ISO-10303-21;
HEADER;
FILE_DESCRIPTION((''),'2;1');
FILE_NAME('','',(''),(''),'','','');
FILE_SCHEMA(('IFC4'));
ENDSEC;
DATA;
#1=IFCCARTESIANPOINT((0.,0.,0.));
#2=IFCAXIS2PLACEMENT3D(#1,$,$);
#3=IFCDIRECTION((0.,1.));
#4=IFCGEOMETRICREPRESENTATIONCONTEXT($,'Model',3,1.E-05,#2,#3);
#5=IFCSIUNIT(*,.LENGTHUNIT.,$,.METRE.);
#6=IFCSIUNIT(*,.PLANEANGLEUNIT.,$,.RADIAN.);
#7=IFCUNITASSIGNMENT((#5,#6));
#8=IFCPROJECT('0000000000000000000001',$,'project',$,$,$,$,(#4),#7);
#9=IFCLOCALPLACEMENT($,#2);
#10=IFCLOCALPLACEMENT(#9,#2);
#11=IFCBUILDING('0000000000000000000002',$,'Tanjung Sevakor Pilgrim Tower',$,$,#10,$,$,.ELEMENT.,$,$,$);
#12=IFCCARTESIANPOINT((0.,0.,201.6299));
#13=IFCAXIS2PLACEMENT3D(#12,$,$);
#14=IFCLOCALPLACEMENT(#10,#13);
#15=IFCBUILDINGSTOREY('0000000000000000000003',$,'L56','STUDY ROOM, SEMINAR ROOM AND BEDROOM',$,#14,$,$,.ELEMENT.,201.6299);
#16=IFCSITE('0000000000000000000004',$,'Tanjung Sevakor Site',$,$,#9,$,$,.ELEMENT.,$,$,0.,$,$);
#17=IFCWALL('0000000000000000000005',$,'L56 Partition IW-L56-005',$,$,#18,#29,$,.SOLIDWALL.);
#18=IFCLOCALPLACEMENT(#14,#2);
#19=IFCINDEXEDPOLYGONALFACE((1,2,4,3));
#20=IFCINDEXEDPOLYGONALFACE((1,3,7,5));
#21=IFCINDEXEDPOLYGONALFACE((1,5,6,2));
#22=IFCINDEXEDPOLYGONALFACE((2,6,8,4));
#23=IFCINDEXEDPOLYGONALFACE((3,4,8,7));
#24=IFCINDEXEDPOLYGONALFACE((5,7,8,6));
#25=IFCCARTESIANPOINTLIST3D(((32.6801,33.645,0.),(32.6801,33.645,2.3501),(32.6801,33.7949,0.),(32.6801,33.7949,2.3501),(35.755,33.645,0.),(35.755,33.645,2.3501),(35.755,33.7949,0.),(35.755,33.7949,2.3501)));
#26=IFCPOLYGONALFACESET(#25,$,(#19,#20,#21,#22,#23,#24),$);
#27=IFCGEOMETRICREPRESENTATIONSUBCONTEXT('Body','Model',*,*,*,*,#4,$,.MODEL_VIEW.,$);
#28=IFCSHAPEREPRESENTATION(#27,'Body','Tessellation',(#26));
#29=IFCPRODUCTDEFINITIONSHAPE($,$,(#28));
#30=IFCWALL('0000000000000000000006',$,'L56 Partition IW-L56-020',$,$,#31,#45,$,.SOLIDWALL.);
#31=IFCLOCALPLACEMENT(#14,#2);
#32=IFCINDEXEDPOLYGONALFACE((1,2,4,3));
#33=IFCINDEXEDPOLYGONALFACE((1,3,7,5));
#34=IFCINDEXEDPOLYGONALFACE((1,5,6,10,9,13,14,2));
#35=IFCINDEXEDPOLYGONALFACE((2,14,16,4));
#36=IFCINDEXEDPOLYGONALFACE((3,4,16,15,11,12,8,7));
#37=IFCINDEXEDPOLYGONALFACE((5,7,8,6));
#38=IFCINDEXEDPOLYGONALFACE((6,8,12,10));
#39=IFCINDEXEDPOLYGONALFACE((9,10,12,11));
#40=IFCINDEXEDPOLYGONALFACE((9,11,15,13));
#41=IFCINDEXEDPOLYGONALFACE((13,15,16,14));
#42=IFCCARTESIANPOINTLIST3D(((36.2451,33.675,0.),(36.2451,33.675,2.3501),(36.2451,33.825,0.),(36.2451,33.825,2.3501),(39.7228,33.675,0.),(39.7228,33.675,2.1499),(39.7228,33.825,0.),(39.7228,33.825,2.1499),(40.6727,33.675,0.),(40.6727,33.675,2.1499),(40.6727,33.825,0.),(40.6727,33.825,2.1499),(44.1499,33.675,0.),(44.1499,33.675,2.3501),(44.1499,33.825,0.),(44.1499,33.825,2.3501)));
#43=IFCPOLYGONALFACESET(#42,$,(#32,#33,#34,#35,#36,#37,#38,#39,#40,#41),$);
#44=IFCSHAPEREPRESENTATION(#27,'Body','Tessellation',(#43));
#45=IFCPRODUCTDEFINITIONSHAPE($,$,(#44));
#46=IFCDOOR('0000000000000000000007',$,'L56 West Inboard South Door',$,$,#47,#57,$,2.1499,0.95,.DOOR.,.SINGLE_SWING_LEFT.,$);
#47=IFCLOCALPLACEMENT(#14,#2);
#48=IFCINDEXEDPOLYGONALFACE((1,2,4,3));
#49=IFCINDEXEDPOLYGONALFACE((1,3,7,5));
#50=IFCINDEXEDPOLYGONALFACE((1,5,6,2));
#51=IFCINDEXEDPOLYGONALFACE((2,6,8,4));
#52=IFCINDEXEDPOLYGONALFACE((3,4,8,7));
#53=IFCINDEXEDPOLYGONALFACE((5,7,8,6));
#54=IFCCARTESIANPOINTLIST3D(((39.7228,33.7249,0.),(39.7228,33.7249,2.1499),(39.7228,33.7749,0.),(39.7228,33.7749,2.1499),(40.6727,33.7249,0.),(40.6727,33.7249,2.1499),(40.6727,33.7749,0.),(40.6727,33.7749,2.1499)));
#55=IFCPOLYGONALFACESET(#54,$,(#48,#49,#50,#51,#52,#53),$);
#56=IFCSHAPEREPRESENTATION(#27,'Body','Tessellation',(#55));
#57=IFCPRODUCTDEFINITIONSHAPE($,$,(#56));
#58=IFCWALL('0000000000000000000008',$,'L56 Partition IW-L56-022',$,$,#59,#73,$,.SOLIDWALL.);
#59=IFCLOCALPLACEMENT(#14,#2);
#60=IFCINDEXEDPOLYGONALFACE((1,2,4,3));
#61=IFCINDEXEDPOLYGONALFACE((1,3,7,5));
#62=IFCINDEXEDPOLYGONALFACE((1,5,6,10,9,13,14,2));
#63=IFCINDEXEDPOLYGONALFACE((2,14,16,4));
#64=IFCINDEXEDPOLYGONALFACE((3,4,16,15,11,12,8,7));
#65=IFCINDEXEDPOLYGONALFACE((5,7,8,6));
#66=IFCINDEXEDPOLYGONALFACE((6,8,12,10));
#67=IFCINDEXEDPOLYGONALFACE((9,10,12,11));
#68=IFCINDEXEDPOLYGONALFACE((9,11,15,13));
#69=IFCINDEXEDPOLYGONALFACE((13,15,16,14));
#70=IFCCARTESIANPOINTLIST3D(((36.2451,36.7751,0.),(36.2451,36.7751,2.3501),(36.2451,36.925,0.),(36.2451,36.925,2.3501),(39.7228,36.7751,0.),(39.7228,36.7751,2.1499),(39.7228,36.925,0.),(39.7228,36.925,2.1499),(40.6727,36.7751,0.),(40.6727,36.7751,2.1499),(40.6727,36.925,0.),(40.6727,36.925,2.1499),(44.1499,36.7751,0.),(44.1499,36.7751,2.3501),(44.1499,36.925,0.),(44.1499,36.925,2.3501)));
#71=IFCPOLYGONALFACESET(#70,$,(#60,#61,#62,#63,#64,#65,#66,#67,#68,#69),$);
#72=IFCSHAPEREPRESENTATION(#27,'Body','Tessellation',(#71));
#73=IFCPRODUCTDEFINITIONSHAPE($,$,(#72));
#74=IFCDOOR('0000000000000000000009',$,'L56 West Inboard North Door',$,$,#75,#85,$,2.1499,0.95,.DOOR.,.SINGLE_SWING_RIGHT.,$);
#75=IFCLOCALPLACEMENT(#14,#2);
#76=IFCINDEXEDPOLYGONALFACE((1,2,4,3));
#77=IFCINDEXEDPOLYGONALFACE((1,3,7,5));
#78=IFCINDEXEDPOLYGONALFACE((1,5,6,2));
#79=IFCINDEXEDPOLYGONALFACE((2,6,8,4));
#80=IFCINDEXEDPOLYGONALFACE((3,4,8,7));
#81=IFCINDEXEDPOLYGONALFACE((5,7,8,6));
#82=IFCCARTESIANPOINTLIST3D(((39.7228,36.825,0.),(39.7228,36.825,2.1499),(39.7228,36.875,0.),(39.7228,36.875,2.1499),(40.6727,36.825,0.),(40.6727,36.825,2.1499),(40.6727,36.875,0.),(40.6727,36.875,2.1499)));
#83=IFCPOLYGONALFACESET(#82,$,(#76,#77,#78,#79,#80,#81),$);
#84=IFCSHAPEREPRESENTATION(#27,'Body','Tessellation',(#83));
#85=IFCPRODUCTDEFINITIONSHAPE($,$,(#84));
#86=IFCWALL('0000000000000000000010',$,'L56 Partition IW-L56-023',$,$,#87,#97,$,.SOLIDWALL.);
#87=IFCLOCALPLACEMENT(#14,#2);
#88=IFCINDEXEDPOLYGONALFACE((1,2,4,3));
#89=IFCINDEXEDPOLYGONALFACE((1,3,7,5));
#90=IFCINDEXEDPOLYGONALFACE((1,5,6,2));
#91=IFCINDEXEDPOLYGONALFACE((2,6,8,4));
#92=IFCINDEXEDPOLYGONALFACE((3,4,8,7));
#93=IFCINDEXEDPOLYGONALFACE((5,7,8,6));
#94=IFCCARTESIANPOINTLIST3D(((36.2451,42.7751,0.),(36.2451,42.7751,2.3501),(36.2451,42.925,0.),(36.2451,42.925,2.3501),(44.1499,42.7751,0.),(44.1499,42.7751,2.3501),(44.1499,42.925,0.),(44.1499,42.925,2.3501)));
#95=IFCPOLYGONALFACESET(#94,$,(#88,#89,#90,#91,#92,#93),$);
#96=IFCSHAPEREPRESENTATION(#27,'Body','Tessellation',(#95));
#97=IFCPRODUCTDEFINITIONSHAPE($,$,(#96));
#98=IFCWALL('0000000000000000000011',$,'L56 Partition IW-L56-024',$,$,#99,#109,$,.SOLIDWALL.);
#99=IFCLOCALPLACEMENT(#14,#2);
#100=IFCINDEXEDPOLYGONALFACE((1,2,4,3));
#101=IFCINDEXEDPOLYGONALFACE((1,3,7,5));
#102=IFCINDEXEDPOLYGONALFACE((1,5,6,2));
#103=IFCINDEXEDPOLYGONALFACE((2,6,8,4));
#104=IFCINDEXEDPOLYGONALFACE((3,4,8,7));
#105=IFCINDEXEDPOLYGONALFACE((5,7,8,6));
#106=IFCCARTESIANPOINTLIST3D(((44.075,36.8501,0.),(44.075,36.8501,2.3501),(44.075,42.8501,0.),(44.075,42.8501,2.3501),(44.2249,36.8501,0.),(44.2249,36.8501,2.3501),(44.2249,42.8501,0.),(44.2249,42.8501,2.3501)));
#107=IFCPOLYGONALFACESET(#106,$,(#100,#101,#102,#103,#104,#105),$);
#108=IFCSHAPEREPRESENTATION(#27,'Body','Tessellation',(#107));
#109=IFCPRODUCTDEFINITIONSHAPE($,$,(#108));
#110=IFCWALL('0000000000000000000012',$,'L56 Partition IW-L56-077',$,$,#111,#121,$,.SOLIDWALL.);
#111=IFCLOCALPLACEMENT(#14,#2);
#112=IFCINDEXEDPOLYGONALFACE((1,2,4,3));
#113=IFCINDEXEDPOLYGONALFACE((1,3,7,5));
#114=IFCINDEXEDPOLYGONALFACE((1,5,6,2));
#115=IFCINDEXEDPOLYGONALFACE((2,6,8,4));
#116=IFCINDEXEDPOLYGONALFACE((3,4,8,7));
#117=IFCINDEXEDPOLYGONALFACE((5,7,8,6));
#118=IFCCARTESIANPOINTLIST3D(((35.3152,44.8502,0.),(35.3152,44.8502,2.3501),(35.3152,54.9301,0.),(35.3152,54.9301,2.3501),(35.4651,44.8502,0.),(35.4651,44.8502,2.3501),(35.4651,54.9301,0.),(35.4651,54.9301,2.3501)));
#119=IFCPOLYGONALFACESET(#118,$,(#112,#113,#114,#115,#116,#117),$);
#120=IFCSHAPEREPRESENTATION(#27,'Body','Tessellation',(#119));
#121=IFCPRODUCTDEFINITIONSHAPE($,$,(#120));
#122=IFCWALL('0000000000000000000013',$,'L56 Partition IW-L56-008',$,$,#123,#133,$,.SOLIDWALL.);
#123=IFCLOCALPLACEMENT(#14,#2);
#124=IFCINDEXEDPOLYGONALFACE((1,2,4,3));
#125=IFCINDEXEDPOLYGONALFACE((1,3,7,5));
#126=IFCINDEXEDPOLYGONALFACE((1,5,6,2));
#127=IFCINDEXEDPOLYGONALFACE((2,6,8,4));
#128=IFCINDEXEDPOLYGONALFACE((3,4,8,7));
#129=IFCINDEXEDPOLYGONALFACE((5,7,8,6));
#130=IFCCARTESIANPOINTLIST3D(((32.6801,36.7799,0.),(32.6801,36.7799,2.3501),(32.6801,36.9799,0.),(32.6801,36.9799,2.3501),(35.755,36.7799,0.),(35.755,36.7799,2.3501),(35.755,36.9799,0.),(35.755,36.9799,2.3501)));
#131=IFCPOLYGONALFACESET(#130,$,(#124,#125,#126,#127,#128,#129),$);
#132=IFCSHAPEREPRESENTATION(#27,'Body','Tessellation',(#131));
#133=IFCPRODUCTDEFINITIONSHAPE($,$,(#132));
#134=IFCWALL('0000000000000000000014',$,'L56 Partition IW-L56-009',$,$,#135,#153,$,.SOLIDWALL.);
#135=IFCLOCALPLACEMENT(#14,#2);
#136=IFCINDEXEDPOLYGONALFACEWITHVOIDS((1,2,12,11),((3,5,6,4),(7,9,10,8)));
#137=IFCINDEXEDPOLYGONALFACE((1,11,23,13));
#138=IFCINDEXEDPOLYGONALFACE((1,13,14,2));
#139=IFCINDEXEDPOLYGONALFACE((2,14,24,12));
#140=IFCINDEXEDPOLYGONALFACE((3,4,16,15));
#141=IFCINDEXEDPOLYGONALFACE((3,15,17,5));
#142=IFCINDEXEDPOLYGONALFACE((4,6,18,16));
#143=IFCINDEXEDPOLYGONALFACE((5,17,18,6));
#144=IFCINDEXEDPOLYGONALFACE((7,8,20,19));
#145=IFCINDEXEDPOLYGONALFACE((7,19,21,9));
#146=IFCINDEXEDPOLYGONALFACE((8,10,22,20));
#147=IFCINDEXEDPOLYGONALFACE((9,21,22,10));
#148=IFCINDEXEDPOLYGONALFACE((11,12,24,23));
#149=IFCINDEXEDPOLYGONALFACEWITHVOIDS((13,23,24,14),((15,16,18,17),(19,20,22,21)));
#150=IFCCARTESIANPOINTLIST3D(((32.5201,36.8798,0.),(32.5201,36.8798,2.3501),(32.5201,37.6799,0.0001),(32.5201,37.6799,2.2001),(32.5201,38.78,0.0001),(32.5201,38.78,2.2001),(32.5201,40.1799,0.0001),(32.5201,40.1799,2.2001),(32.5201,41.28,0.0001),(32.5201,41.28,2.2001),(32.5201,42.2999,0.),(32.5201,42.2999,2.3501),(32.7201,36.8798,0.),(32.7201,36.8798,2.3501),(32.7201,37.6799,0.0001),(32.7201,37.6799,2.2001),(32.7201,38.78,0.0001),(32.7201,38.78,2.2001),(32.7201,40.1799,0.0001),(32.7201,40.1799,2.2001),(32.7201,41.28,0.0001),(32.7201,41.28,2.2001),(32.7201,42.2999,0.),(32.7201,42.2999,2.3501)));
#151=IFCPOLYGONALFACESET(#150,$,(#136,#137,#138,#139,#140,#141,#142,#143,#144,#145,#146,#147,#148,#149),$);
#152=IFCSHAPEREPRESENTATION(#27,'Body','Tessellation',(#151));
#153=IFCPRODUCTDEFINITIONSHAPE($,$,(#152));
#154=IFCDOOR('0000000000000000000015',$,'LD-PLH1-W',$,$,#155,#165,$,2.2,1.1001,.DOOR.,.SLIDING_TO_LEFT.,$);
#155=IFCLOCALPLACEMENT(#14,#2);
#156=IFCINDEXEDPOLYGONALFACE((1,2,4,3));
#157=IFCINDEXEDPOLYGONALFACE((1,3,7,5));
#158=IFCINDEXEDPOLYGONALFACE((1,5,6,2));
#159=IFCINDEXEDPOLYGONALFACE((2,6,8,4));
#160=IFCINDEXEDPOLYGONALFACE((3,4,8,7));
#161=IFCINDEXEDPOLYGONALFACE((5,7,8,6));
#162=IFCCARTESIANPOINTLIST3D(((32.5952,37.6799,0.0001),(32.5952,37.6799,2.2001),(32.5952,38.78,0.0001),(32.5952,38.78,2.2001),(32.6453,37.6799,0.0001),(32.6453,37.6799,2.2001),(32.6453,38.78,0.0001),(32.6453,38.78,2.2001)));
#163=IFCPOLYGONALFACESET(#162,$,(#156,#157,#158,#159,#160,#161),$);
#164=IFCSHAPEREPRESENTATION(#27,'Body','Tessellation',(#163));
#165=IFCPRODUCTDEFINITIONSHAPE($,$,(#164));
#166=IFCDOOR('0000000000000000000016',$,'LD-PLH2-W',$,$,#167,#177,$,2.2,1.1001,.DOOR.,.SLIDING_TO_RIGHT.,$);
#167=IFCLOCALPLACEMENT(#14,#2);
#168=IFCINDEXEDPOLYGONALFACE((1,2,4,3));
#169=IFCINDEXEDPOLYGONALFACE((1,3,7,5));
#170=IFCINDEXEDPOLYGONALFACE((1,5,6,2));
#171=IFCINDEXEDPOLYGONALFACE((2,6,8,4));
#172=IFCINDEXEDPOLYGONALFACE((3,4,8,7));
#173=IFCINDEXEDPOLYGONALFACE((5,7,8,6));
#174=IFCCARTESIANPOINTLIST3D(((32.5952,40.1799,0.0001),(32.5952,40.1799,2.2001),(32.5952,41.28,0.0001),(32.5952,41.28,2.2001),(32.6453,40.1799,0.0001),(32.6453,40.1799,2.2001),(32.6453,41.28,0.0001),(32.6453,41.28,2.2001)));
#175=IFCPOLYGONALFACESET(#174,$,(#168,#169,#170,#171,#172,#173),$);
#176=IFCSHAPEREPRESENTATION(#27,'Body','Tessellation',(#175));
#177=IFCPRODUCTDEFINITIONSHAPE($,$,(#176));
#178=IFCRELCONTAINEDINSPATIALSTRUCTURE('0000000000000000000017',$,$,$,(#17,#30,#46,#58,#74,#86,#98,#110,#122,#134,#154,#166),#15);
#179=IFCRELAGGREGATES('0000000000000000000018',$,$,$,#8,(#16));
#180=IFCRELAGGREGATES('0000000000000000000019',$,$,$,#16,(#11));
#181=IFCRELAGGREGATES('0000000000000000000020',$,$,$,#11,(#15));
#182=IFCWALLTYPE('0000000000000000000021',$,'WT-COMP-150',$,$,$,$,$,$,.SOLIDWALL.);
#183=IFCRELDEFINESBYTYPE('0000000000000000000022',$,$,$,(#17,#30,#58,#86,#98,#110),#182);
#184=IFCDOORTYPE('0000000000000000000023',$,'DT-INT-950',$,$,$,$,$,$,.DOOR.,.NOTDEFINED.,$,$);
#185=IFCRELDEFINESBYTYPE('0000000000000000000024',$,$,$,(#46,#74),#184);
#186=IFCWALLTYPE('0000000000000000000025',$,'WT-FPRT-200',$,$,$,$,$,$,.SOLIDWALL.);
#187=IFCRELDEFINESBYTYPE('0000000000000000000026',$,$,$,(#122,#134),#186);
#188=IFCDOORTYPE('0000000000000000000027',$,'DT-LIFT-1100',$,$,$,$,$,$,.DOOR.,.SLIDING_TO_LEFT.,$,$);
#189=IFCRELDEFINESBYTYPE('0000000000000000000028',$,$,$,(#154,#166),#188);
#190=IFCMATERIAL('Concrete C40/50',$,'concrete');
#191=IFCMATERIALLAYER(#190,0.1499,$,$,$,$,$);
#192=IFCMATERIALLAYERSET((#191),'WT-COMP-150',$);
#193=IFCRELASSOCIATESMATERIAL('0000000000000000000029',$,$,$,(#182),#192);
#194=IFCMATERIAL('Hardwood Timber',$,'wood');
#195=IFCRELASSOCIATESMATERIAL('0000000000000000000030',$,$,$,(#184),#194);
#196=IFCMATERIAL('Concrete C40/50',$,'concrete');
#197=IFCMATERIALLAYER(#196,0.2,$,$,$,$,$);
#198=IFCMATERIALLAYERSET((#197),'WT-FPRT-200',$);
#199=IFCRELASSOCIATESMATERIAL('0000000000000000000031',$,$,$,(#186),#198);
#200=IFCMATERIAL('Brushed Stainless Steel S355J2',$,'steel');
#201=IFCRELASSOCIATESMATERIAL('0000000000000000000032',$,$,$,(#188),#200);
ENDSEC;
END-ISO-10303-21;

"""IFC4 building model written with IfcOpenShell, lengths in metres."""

from ifc_helpers import new_model, si_unit, direction, frame, frame_2d, origin, place, context, subcontext, project, spatial, rectangle, extrude, material, layer, layer_set, type_object, element, fill, save


model = new_model("IFC4")

# Units and contexts
model_context = context("Model", 3, precision=1e-05, world=origin(), true_north=direction((0.0, 1.0)))
body_context = subcontext(model_context, "Body", "Model", "MODEL_VIEW")
ifc_project = project(units=[si_unit("LENGTHUNIT", "METRE"), si_unit("PLANEANGLEUNIT", "RADIAN")], contexts=[model_context])

# Site, building, storey
site_placement = place(None, origin())
site = spatial("IfcSite", under=ifc_project, at=site_placement, Name="Tanjung Sevakor Site", CompositionType="ELEMENT", RefElevation=0.0)
building_placement = place(site_placement, origin())
building = spatial("IfcBuilding", under=site, at=building_placement, Name="Tanjung Sevakor Pilgrim Tower", CompositionType="ELEMENT")
storey_placement = place(building_placement, frame((0.0, 0.0, 201.6299)))
storey = spatial("IfcBuildingStorey", under=building, at=storey_placement, Name="L56", Description="STUDY ROOM, SEMINAR ROOM AND BEDROOM", CompositionType="ELEMENT", Elevation=201.6299)

# Shared definitions
ifc_material_1 = material(Name="Concrete C40/50", Category="concrete")
ifc_layer_1 = layer(ifc_material_1, 0.1499)
ifc_layer_set_1 = layer_set([ifc_layer_1], Name="WT-COMP-150")
wall_type_1 = type_object("IfcWallType", Name="WT-COMP-150", PredefinedType="SOLIDWALL", material=ifc_layer_set_1)

# Wall
wall_1_placement = place(storey_placement, frame((32.6799, 33.72, 0.0), z_axis=(0.0, 0.0, 1.0), x_axis=(1.0, 0.0, 0.0)))
element("IfcWall", 1, at=wall_1_placement, inside=storey, type_object=wall_type_1, Name="L56 Partition IW-L56-005", PredefinedType="SOLIDWALL", context=body_context, shape_type="SweptSolid", body=[
    extrude(rectangle(XDim=3.075, YDim=0.1499, at=frame_2d((1.5376, 0.0))), origin(), (0.0, 0.0, 1.0), 2.3501),
])

# Walls, openings, doors
wall_2_placement = place(storey_placement, frame((36.2451, 33.75, 0.0), z_axis=(0.0, 0.0, 1.0), x_axis=(1.0, 0.0, 0.0)))
wall_2 = element("IfcWall", 2, at=wall_2_placement, inside=storey, type_object=wall_type_1, Name="L56 Partition IW-L56-020", PredefinedType="SOLIDWALL", context=body_context, shape_type="SweptSolid", body=[
    extrude(rectangle(XDim=7.9048, YDim=0.1499, at=frame_2d((3.9524, 0.0))), origin(), (0.0, 0.0, 1.0), 2.3501),
])
opening_1_placement = place(wall_2_placement, frame((3.4775, 0.0, 0.0)))
opening_1 = element("IfcOpeningElement", 3, at=opening_1_placement, cuts=wall_2, PredefinedType="OPENING", context=body_context, shape_type="SweptSolid", body=[
    extrude(rectangle(XDim=0.95, YDim=2.1499, at=frame_2d((0.4751, 1.075))), frame((0.0, 0.085, 0.0), z_axis=(0.0, -1.0, 0.0), x_axis=(1.0, 0.0, 0.0)), (0.0, 0.0, 1.0), 0.1699),
])
ifc_material_2 = material(Name="Hardwood Timber", Category="wood")
door_type_1 = type_object("IfcDoorType", Name="DT-INT-950", OperationType="NOTDEFINED", PredefinedType="DOOR", material=ifc_material_2)
door_1_placement = place(opening_1_placement, origin())
door_1 = element("IfcDoor", 4, at=door_1_placement, inside=storey, type_object=door_type_1, Name="L56 West Inboard South Door", OperationType="SINGLE_SWING_LEFT", OverallHeight=2.1499, OverallWidth=0.95, PredefinedType="DOOR", context=body_context, shape_type="SweptSolid", body=[
    extrude(rectangle(XDim=0.95, YDim=2.1499, at=frame_2d((0.4751, 1.075))), frame((0.0, 0.0249, 0.0), z_axis=(0.0, -1.0, 0.0), x_axis=(1.0, 0.0, 0.0)), (0.0, 0.0, 1.0), 0.05),
])
fill(opening_1, door_1)
wall_3_placement = place(storey_placement, frame((36.2451, 36.8501, 0.0), z_axis=(0.0, 0.0, 1.0), x_axis=(1.0, 0.0, 0.0)))
wall_3 = element("IfcWall", 5, at=wall_3_placement, inside=storey, type_object=wall_type_1, Name="L56 Partition IW-L56-022", PredefinedType="SOLIDWALL", context=body_context, shape_type="SweptSolid", body=[
    extrude(rectangle(XDim=7.9048, YDim=0.1499, at=frame_2d((3.9524, 0.0))), origin(), (0.0, 0.0, 1.0), 2.3501),
])
opening_2_placement = place(wall_3_placement, frame((3.4775, 0.0, 0.0)))
opening_2 = element("IfcOpeningElement", 6, at=opening_2_placement, cuts=wall_3, PredefinedType="OPENING", context=body_context, shape_type="SweptSolid", body=[
    extrude(rectangle(XDim=0.95, YDim=2.1499, at=frame_2d((0.4751, 1.075))), frame((0.0, 0.085, 0.0), z_axis=(0.0, -1.0, 0.0), x_axis=(1.0, 0.0, 0.0)), (0.0, 0.0, 1.0), 0.1699),
])
door_2_placement = place(opening_2_placement, origin())
door_2 = element("IfcDoor", 7, at=door_2_placement, inside=storey, type_object=door_type_1, Name="L56 West Inboard North Door", OperationType="SINGLE_SWING_RIGHT", OverallHeight=2.1499, OverallWidth=0.95, PredefinedType="DOOR", context=body_context, shape_type="SweptSolid", body=[
    extrude(rectangle(XDim=0.95, YDim=2.1499, at=frame_2d((0.4751, 1.075))), frame((0.0, 0.0249, 0.0), z_axis=(0.0, -1.0, 0.0), x_axis=(1.0, 0.0, 0.0)), (0.0, 0.0, 1.0), 0.05),
])
fill(opening_2, door_2)

# Walls
wall_4_placement = place(storey_placement, frame((36.2451, 42.8501, 0.0), z_axis=(0.0, 0.0, 1.0), x_axis=(1.0, 0.0, 0.0)))
element("IfcWall", 8, at=wall_4_placement, inside=storey, type_object=wall_type_1, Name="L56 Partition IW-L56-023", PredefinedType="SOLIDWALL", context=body_context, shape_type="SweptSolid", body=[
    extrude(rectangle(XDim=7.9048, YDim=0.1499, at=frame_2d((3.9524, 0.0))), origin(), (0.0, 0.0, 1.0), 2.3501),
])
wall_5_placement = place(storey_placement, frame((44.1499, 36.8501, 0.0), z_axis=(0.0, 0.0, 1.0), x_axis=(0.0, 1.0, 0.0)))
element("IfcWall", 9, at=wall_5_placement, inside=storey, type_object=wall_type_1, Name="L56 Partition IW-L56-024", PredefinedType="SOLIDWALL", context=body_context, shape_type="SweptSolid", body=[
    extrude(rectangle(XDim=6.0, YDim=0.1499, at=frame_2d((3.0, 0.0))), origin(), (0.0, 0.0, 1.0), 2.3501),
])
wall_6_placement = place(storey_placement, frame((35.3901, 44.8501, 0.0), z_axis=(0.0, 0.0, 1.0), x_axis=(0.0, 1.0, 0.0)))
element("IfcWall", 10, at=wall_6_placement, inside=storey, type_object=wall_type_1, Name="L56 Partition IW-L56-077", PredefinedType="SOLIDWALL", context=body_context, shape_type="SweptSolid", body=[
    extrude(rectangle(XDim=10.0798, YDim=0.1499, at=frame_2d((5.04, 0.0))), origin(), (0.0, 0.0, 1.0), 2.3501),
])

# Wall
ifc_material_3 = material(Name="Concrete C40/50", Category="concrete")
ifc_layer_2 = layer(ifc_material_3, 0.2)
ifc_layer_set_2 = layer_set([ifc_layer_2], Name="WT-FPRT-200")
wall_type_2 = type_object("IfcWallType", Name="WT-FPRT-200", PredefinedType="SOLIDWALL", material=ifc_layer_set_2)
wall_7_placement = place(storey_placement, frame((32.6799, 36.8799, 0.0), z_axis=(0.0, 0.0, 1.0), x_axis=(1.0, 0.0, 0.0)))
element("IfcWall", 11, at=wall_7_placement, inside=storey, type_object=wall_type_2, Name="L56 Partition IW-L56-008", PredefinedType="SOLIDWALL", context=body_context, shape_type="SweptSolid", body=[
    extrude(rectangle(XDim=3.075, YDim=0.2, at=frame_2d((1.5376, 0.0))), origin(), (0.0, 0.0, 1.0), 2.3501),
])

# Wall, openings, doors
wall_8_placement = place(storey_placement, frame((32.6201, 36.8799, 0.0), z_axis=(0.0, 0.0, 1.0), x_axis=(0.0, 1.0, 0.0)))
wall_8 = element("IfcWall", 12, at=wall_8_placement, inside=storey, type_object=wall_type_2, Name="L56 Partition IW-L56-009", PredefinedType="SOLIDWALL", context=body_context, shape_type="SweptSolid", body=[
    extrude(rectangle(XDim=5.4202, YDim=0.2, at=frame_2d((2.71, 0.0))), origin(), (0.0, 0.0, 1.0), 2.3501),
])
opening_3_placement = place(wall_8_placement, frame((0.8, 0.0, 0.0)))
opening_3 = element("IfcOpeningElement", 13, at=opening_3_placement, cuts=wall_8, PredefinedType="OPENING", context=body_context, shape_type="SweptSolid", body=[
    extrude(rectangle(XDim=1.1001, YDim=2.2, at=frame_2d((0.55, 1.1001))), frame((0.0, 0.1099, 0.0), z_axis=(0.0, -1.0, 0.0), x_axis=(1.0, 0.0, 0.0)), (0.0, 0.0, 1.0), 0.22),
])
opening_4_placement = place(wall_8_placement, frame((3.3, 0.0, 0.0)))
opening_4 = element("IfcOpeningElement", 14, at=opening_4_placement, cuts=wall_8, PredefinedType="OPENING", context=body_context, shape_type="SweptSolid", body=[
    extrude(rectangle(XDim=1.1001, YDim=2.2, at=frame_2d((0.55, 1.1001))), frame((0.0, 0.1099, 0.0), z_axis=(0.0, -1.0, 0.0), x_axis=(1.0, 0.0, 0.0)), (0.0, 0.0, 1.0), 0.22),
])
ifc_material_4 = material(Name="Brushed Stainless Steel S355J2", Category="steel")
door_type_2 = type_object("IfcDoorType", Name="DT-LIFT-1100", OperationType="SLIDING_TO_LEFT", PredefinedType="DOOR", material=ifc_material_4)
door_3_placement = place(opening_3_placement, origin())
door_3 = element("IfcDoor", 15, at=door_3_placement, inside=storey, type_object=door_type_2, Name="LD-PLH1-W", OperationType="SLIDING_TO_LEFT", OverallHeight=2.2, OverallWidth=1.1001, PredefinedType="DOOR", context=body_context, shape_type="SweptSolid", body=[
    extrude(rectangle(XDim=1.1001, YDim=2.2, at=frame_2d((0.55, 1.1001))), frame((0.0, 0.0249, 0.0), z_axis=(0.0, -1.0, 0.0), x_axis=(1.0, 0.0, 0.0)), (0.0, 0.0, 1.0), 0.05),
])
fill(opening_3, door_3)
door_4_placement = place(opening_4_placement, origin())
door_4 = element("IfcDoor", 16, at=door_4_placement, inside=storey, type_object=door_type_2, Name="LD-PLH2-W", OperationType="SLIDING_TO_RIGHT", OverallHeight=2.2, OverallWidth=1.1001, PredefinedType="DOOR", context=body_context, shape_type="SweptSolid", body=[
    extrude(rectangle(XDim=1.1001, YDim=2.2, at=frame_2d((0.55, 1.1001))), frame((0.0, 0.0249, 0.0), z_axis=(0.0, -1.0, 0.0), x_axis=(1.0, 0.0, 0.0)), (0.0, 0.0, 1.0), 0.05),
])
fill(opening_4, door_4)

save(model, "model.ifc")
